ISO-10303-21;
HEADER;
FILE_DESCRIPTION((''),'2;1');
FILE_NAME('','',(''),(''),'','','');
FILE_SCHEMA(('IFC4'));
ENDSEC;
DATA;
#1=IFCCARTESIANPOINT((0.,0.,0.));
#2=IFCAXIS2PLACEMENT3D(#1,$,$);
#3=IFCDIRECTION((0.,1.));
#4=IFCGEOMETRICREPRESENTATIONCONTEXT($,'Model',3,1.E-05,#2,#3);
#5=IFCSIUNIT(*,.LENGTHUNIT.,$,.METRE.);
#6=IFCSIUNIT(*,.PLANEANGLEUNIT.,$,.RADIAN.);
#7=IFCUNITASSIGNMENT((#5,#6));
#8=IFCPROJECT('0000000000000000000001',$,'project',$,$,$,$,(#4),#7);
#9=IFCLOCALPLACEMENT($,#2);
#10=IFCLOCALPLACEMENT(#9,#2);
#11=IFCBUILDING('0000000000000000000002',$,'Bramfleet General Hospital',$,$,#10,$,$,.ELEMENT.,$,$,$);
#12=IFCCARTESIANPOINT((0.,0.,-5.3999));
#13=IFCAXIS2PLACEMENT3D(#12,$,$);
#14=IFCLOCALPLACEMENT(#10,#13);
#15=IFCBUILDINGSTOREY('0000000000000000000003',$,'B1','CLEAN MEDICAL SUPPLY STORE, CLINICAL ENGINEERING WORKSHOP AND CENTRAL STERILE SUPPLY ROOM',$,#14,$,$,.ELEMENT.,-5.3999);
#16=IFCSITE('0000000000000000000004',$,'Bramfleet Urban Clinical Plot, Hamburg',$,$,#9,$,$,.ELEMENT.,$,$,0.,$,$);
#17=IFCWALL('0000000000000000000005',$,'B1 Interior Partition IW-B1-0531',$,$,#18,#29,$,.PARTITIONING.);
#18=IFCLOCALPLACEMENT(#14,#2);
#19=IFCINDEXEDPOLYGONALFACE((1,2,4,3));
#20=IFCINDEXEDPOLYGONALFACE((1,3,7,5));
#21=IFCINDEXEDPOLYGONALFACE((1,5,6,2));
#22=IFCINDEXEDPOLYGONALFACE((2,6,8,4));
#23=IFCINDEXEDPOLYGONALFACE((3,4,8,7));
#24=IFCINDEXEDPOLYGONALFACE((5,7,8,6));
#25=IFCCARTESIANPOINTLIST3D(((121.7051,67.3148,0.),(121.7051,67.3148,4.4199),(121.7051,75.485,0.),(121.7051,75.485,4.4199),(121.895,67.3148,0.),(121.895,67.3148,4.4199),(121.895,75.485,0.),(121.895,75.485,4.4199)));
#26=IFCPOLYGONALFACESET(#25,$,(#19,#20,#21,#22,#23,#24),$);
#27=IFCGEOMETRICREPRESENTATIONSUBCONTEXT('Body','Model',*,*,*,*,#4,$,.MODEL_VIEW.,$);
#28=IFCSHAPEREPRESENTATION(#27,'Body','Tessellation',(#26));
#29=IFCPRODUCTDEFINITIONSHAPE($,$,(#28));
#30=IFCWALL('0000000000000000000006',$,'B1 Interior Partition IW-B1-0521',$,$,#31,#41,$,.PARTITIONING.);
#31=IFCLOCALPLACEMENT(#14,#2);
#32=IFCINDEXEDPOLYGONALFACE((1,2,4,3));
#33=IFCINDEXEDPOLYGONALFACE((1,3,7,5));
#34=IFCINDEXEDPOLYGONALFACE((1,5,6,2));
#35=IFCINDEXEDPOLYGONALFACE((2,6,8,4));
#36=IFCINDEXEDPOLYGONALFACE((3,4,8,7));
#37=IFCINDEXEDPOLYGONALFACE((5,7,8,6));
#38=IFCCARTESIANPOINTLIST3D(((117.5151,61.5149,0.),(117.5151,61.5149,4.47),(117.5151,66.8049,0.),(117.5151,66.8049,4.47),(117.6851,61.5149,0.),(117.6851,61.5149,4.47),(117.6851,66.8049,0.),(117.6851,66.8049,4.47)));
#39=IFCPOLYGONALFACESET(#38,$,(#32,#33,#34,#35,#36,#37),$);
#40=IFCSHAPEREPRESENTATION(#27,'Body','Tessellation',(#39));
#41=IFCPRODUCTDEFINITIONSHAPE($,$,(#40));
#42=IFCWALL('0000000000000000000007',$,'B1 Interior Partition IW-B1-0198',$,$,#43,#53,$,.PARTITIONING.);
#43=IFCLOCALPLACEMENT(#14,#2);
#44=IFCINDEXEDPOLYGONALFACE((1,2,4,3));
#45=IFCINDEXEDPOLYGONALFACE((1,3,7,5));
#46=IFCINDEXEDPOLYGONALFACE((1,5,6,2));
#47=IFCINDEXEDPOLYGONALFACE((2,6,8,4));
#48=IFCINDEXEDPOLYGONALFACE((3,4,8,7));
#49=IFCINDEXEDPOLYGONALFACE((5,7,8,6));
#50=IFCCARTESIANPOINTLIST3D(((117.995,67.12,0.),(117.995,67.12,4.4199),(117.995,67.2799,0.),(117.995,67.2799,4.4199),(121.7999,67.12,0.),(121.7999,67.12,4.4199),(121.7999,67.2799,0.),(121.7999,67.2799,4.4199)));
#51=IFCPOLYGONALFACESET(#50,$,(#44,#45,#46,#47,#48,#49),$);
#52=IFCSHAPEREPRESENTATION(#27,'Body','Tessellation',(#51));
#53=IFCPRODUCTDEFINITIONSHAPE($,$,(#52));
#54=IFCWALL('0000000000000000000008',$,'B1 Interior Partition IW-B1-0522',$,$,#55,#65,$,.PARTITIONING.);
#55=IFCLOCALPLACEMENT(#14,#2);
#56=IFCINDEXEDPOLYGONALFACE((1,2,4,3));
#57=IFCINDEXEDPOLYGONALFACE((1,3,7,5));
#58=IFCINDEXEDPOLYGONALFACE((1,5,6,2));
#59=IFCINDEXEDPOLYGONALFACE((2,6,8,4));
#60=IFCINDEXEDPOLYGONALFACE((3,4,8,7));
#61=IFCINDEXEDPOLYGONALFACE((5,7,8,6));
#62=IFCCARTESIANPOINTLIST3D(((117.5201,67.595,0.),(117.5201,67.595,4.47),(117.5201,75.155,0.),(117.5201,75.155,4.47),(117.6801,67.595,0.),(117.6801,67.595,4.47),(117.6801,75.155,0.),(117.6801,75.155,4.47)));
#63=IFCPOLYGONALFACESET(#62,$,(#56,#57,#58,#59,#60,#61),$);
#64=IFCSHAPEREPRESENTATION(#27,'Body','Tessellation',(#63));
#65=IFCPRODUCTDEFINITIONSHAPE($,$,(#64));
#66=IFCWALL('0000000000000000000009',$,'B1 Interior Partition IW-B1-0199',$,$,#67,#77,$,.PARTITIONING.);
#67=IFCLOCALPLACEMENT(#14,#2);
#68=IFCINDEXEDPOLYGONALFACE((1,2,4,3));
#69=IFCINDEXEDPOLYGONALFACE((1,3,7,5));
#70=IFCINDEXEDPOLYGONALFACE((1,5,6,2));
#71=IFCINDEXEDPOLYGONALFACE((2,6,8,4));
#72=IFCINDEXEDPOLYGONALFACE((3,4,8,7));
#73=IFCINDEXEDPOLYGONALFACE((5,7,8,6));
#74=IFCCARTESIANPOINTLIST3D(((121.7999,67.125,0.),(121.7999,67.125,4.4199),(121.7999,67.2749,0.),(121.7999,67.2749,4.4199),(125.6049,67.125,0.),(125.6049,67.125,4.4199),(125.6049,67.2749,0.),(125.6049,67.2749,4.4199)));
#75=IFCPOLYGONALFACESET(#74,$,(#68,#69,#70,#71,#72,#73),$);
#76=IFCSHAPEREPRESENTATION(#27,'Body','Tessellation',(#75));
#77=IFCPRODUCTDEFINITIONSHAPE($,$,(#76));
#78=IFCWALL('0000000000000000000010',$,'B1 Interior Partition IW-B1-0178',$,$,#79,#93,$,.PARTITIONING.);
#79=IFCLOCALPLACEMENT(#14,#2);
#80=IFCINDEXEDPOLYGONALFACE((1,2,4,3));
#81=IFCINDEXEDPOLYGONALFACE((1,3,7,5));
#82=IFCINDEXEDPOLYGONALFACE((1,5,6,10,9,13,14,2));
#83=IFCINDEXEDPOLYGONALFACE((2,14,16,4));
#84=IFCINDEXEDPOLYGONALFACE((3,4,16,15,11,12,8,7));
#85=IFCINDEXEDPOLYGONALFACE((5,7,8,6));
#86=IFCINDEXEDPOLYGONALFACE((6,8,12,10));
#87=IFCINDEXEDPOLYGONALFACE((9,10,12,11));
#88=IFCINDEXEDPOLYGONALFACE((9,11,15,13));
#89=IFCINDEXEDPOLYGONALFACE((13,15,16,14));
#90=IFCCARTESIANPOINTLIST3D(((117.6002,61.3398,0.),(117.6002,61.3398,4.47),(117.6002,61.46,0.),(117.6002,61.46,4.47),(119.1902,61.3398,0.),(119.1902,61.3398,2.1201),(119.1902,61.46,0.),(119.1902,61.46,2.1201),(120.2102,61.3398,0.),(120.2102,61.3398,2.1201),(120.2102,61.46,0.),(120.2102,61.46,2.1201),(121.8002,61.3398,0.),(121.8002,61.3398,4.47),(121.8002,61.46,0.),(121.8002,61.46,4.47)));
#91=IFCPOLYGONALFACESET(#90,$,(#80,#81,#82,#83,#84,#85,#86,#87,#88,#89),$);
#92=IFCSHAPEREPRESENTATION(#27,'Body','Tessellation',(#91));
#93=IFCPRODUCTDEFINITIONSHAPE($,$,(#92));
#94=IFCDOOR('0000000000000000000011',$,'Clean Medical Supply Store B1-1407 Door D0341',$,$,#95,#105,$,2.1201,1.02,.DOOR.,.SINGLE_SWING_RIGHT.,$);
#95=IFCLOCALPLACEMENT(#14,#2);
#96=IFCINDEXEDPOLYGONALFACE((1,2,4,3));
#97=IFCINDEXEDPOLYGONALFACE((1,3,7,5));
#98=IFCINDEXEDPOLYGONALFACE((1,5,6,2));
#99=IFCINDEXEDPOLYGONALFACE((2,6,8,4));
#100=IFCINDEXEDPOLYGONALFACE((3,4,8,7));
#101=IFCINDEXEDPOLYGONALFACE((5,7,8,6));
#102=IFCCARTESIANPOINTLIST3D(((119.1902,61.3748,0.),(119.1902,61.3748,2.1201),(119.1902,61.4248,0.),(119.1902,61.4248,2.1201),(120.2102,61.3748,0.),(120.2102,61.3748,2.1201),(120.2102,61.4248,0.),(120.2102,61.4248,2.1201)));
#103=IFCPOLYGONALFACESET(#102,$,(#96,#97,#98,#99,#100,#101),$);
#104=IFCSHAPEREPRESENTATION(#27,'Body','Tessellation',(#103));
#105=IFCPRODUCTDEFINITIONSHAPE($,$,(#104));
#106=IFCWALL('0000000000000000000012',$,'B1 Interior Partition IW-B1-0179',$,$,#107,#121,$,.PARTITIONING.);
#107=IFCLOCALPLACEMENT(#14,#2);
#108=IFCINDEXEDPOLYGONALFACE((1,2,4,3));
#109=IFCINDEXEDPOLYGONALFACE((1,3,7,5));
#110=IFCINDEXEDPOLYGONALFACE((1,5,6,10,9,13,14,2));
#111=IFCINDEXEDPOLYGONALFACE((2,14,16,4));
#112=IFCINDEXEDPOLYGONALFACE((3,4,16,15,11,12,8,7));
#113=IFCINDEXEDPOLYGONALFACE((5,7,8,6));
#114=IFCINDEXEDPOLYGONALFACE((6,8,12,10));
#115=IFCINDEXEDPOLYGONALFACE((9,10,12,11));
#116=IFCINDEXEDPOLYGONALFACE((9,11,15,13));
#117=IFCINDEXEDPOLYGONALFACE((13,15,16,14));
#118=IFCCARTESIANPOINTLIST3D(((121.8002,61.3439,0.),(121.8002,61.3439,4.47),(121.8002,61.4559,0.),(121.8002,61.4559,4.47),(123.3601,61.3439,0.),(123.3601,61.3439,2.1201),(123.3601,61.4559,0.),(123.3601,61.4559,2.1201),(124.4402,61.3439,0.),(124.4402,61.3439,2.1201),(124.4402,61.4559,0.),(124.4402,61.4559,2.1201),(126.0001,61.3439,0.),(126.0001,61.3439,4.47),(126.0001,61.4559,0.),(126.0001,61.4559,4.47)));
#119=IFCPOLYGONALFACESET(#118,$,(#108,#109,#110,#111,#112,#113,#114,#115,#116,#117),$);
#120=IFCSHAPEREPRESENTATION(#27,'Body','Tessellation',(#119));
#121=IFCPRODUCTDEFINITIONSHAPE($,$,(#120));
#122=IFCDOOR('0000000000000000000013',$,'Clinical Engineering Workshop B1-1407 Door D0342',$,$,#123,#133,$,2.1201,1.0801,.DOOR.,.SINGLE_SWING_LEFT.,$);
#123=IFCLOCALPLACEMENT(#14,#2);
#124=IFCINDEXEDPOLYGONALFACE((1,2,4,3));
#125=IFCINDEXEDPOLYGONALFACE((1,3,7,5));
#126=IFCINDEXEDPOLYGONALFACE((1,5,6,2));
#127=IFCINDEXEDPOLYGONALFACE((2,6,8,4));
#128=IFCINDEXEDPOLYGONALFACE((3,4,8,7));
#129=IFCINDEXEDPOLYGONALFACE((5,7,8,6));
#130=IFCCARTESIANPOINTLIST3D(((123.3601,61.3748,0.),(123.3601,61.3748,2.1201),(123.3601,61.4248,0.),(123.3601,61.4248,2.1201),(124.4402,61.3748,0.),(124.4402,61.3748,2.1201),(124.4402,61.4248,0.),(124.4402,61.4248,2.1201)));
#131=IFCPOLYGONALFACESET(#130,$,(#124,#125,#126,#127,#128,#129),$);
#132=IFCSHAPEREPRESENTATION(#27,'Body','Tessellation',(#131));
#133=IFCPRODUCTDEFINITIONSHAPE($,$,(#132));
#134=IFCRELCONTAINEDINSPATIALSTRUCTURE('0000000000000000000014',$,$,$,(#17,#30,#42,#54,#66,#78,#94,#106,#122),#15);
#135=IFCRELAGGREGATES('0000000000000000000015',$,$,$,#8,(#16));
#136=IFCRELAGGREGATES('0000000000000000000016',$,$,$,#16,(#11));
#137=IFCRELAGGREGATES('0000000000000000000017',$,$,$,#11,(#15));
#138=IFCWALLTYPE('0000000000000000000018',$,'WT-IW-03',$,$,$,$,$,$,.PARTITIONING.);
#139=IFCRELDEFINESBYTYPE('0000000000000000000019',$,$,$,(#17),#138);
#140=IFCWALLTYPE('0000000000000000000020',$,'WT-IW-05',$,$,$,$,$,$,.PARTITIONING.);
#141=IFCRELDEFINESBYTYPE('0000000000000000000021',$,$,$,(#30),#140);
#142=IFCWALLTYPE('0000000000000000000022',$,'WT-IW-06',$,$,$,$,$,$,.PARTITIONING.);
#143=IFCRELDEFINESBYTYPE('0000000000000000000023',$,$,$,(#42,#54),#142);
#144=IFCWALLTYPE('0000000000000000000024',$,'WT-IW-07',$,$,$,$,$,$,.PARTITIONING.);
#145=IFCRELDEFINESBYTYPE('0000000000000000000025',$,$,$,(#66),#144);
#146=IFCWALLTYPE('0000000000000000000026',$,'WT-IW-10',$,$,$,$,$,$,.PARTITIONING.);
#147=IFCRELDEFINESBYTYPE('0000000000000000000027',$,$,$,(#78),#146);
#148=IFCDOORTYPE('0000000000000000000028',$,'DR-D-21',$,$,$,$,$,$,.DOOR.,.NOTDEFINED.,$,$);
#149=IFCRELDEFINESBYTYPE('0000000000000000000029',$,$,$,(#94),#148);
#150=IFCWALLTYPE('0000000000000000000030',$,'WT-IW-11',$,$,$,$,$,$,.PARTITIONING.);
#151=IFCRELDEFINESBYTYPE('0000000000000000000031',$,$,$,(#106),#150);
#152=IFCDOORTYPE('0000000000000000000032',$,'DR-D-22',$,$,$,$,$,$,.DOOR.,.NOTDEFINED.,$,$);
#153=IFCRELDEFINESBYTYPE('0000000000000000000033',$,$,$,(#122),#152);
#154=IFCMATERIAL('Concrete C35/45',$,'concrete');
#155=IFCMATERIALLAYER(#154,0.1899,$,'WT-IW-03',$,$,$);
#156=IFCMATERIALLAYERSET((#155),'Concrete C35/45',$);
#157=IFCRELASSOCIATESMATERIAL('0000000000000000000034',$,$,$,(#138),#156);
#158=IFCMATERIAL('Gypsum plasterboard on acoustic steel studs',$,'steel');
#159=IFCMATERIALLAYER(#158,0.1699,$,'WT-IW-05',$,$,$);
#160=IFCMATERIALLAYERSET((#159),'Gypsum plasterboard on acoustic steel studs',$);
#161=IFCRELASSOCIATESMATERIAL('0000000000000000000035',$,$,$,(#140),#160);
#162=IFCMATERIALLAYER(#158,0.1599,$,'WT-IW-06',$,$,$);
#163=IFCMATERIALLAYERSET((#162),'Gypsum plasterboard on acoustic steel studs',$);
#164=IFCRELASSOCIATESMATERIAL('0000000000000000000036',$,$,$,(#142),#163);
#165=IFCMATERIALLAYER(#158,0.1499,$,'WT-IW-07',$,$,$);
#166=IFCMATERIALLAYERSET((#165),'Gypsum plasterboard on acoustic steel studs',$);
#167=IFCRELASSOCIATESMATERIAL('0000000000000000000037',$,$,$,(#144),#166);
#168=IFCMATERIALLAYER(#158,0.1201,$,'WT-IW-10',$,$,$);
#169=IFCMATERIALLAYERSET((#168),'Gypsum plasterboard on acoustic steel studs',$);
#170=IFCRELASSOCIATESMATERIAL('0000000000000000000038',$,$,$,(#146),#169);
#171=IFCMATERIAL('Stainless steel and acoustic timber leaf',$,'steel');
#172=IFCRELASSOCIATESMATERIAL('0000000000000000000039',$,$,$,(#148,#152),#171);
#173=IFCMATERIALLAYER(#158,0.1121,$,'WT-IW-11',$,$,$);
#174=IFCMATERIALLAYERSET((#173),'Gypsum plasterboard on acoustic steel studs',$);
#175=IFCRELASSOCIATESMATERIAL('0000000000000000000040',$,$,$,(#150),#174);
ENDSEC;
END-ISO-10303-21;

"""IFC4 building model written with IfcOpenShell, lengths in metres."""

from ifc_helpers import new_model, si_unit, direction, frame, frame_2d, origin, place, context, subcontext, project, spatial, rectangle, extrude, material, layer, layer_set, type_object, element, fill, save


model = new_model("IFC4")

# Units and contexts
model_context = context("Model", 3, precision=1e-05, world=origin(), true_north=direction((0.0, 1.0)))
body_context = subcontext(model_context, "Body", "Model", "MODEL_VIEW")
ifc_project = project(units=[si_unit("LENGTHUNIT", "METRE"), si_unit("PLANEANGLEUNIT", "RADIAN")], contexts=[model_context])

# Site, building, storey
site_placement = place(None, origin())
site = spatial("IfcSite", under=ifc_project, at=site_placement, Name="Bramfleet Urban Clinical Plot, Hamburg", CompositionType="ELEMENT", RefElevation=0.0)
building_placement = place(site_placement, origin())
building = spatial("IfcBuilding", under=site, at=building_placement, Name="Bramfleet General Hospital", CompositionType="ELEMENT")
storey_placement = place(building_placement, frame((0.0, 0.0, -5.3999)))
storey = spatial("IfcBuildingStorey", under=building, at=storey_placement, Name="B1", Description="CLEAN MEDICAL SUPPLY STORE, CLINICAL ENGINEERING WORKSHOP AND CENTRAL STERILE SUPPLY ROOM", CompositionType="ELEMENT", Elevation=-5.3999)

# Shared definitions
ifc_material_1 = material(Name="Concrete C35/45", Category="concrete")

# Shared definitions
ifc_material_2 = material(Name="Stainless steel and acoustic timber leaf", Category="steel")

# Walls
ifc_layer_1 = layer(ifc_material_1, 0.1899, Name="WT-IW-03")
ifc_layer_set_1 = layer_set([ifc_layer_1], Name="Concrete C35/45")
wall_type_1 = type_object("IfcWallType", Name="WT-IW-03", PredefinedType="PARTITIONING", material=ifc_layer_set_1)
wall_1_placement = place(storey_placement, frame((121.8, 67.3149, 0.0), z_axis=(0.0, 0.0, 1.0), x_axis=(0.0, 1.0, 0.0)))
element("IfcWall", 1, at=wall_1_placement, inside=storey, type_object=wall_type_1, Name="B1 Interior Partition IW-B1-0531", PredefinedType="PARTITIONING", context=body_context, shape_type="SweptSolid", body=[
    extrude(rectangle(XDim=8.1702, YDim=0.1899, at=frame_2d((4.085, 0.0))), origin(), (0.0, 0.0, 1.0), 4.4199),
])
ifc_material_3 = material(Name="Gypsum plasterboard on acoustic steel studs", Category="steel")
ifc_layer_2 = layer(ifc_material_3, 0.1699, Name="WT-IW-05")
ifc_layer_set_2 = layer_set([ifc_layer_2], Name="Gypsum plasterboard on acoustic steel studs")
wall_type_2 = type_object("IfcWallType", Name="WT-IW-05", PredefinedType="PARTITIONING", material=ifc_layer_set_2)
wall_2_placement = place(storey_placement, frame((117.6001, 61.5149, 0.0), z_axis=(0.0, 0.0, 1.0), x_axis=(0.0, 1.0, 0.0)))
element("IfcWall", 2, at=wall_2_placement, inside=storey, type_object=wall_type_2, Name="B1 Interior Partition IW-B1-0521", PredefinedType="PARTITIONING", context=body_context, shape_type="SweptSolid", body=[
    extrude(rectangle(XDim=5.29, YDim=0.1699, at=frame_2d((2.645, 0.0))), origin(), (0.0, 0.0, 1.0), 4.47),
])
ifc_layer_3 = layer(ifc_material_3, 0.1599, Name="WT-IW-06")
ifc_layer_set_3 = layer_set([ifc_layer_3], Name="Gypsum plasterboard on acoustic steel studs")
wall_type_3 = type_object("IfcWallType", Name="WT-IW-06", PredefinedType="PARTITIONING", material=ifc_layer_set_3)
wall_3_placement = place(storey_placement, frame((117.9951, 67.2, 0.0), z_axis=(0.0, 0.0, 1.0), x_axis=(1.0, 0.0, 0.0)))
element("IfcWall", 3, at=wall_3_placement, inside=storey, type_object=wall_type_3, Name="B1 Interior Partition IW-B1-0198", PredefinedType="PARTITIONING", context=body_context, shape_type="SweptSolid", body=[
    extrude(rectangle(XDim=3.8049, YDim=0.1599, at=frame_2d((1.9023, 0.0))), origin(), (0.0, 0.0, 1.0), 4.4199),
])
wall_4_placement = place(storey_placement, frame((117.6001, 67.595, 0.0), z_axis=(0.0, 0.0, 1.0), x_axis=(0.0, 1.0, 0.0)))
element("IfcWall", 4, at=wall_4_placement, inside=storey, type_object=wall_type_3, Name="B1 Interior Partition IW-B1-0522", PredefinedType="PARTITIONING", context=body_context, shape_type="SweptSolid", body=[
    extrude(rectangle(XDim=7.5601, YDim=0.1599, at=frame_2d((3.78, 0.0))), origin(), (0.0, 0.0, 1.0), 4.47),
])
ifc_layer_4 = layer(ifc_material_3, 0.1499, Name="WT-IW-07")
ifc_layer_set_4 = layer_set([ifc_layer_4], Name="Gypsum plasterboard on acoustic steel studs")
wall_type_4 = type_object("IfcWallType", Name="WT-IW-07", PredefinedType="PARTITIONING", material=ifc_layer_set_4)
wall_5_placement = place(storey_placement, frame((121.8, 67.2, 0.0), z_axis=(0.0, 0.0, 1.0), x_axis=(1.0, 0.0, 0.0)))
element("IfcWall", 5, at=wall_5_placement, inside=storey, type_object=wall_type_4, Name="B1 Interior Partition IW-B1-0199", PredefinedType="PARTITIONING", context=body_context, shape_type="SweptSolid", body=[
    extrude(rectangle(XDim=3.8049, YDim=0.1499, at=frame_2d((1.9023, 0.0))), origin(), (0.0, 0.0, 1.0), 4.4199),
])

# Walls, openings, doors
ifc_layer_5 = layer(ifc_material_3, 0.1201, Name="WT-IW-10")
ifc_layer_set_5 = layer_set([ifc_layer_5], Name="Gypsum plasterboard on acoustic steel studs")
wall_type_5 = type_object("IfcWallType", Name="WT-IW-10", PredefinedType="PARTITIONING", material=ifc_layer_set_5)
wall_6_placement = place(storey_placement, frame((117.6001, 61.3999, 0.0), z_axis=(0.0, 0.0, 1.0), x_axis=(1.0, 0.0, 0.0)))
wall_6 = element("IfcWall", 6, at=wall_6_placement, inside=storey, type_object=wall_type_5, Name="B1 Interior Partition IW-B1-0178", PredefinedType="PARTITIONING", context=body_context, shape_type="SweptSolid", body=[
    extrude(rectangle(XDim=4.2, YDim=0.1201, at=frame_2d((2.1001, 0.0))), origin(), (0.0, 0.0, 1.0), 4.47),
])
opening_1_placement = place(wall_6_placement, frame((1.5901, 0.0, 0.0)))
opening_1 = element("IfcOpeningElement", 7, at=opening_1_placement, cuts=wall_6, PredefinedType="OPENING", context=body_context, shape_type="SweptSolid", body=[
    extrude(rectangle(XDim=1.02, YDim=2.1201, at=frame_2d((0.51, 1.0601))), frame((0.0, 0.0701, 0.0), z_axis=(0.0, -1.0, 0.0), x_axis=(1.0, 0.0, 0.0)), (0.0, 0.0, 1.0), 0.1401),
])
door_type_1 = type_object("IfcDoorType", Name="DR-D-21", OperationType="NOTDEFINED", PredefinedType="DOOR", material=ifc_material_2)
door_1_placement = place(opening_1_placement, origin())
door_1 = element("IfcDoor", 8, at=door_1_placement, inside=storey, type_object=door_type_1, Name="Clean Medical Supply Store B1-1407 Door D0341", OperationType="SINGLE_SWING_RIGHT", OverallHeight=2.1201, OverallWidth=1.02, PredefinedType="DOOR", context=body_context, shape_type="SweptSolid", body=[
    extrude(rectangle(XDim=1.02, YDim=2.1201, at=frame_2d((0.51, 1.0601))), frame((0.0, 0.0249, 0.0), z_axis=(0.0, -1.0, 0.0), x_axis=(1.0, 0.0, 0.0)), (0.0, 0.0, 1.0), 0.05),
])
fill(opening_1, door_1)
ifc_layer_6 = layer(ifc_material_3, 0.1121, Name="WT-IW-11")
ifc_layer_set_6 = layer_set([ifc_layer_6], Name="Gypsum plasterboard on acoustic steel studs")
wall_type_6 = type_object("IfcWallType", Name="WT-IW-11", PredefinedType="PARTITIONING", material=ifc_layer_set_6)
wall_7_placement = place(storey_placement, frame((121.8, 61.3999, 0.0), z_axis=(0.0, 0.0, 1.0), x_axis=(1.0, 0.0, 0.0)))
wall_7 = element("IfcWall", 9, at=wall_7_placement, inside=storey, type_object=wall_type_6, Name="B1 Interior Partition IW-B1-0179", PredefinedType="PARTITIONING", context=body_context, shape_type="SweptSolid", body=[
    extrude(rectangle(XDim=4.2, YDim=0.1121, at=frame_2d((2.1001, 0.0))), origin(), (0.0, 0.0, 1.0), 4.47),
])
opening_2_placement = place(wall_7_placement, frame((1.5601, 0.0, 0.0)))
opening_2 = element("IfcOpeningElement", 10, at=opening_2_placement, cuts=wall_7, PredefinedType="OPENING", context=body_context, shape_type="SweptSolid", body=[
    extrude(rectangle(XDim=1.0801, YDim=2.1201, at=frame_2d((0.54, 1.0601))), frame((0.0, 0.0659, 0.0), z_axis=(0.0, -1.0, 0.0), x_axis=(1.0, 0.0, 0.0)), (0.0, 0.0, 1.0), 0.1321),
])
door_type_2 = type_object("IfcDoorType", Name="DR-D-22", OperationType="NOTDEFINED", PredefinedType="DOOR", material=ifc_material_2)
door_2_placement = place(opening_2_placement, origin())
door_2 = element("IfcDoor", 11, at=door_2_placement, inside=storey, type_object=door_type_2, Name="Clinical Engineering Workshop B1-1407 Door D0342", OperationType="SINGLE_SWING_LEFT", OverallHeight=2.1201, OverallWidth=1.0801, PredefinedType="DOOR", context=body_context, shape_type="SweptSolid", body=[
    extrude(rectangle(XDim=1.0801, YDim=2.1201, at=frame_2d((0.54, 1.0601))), frame((0.0, 0.0249, 0.0), z_axis=(0.0, -1.0, 0.0), x_axis=(1.0, 0.0, 0.0)), (0.0, 0.0, 1.0), 0.05),
])
fill(opening_2, door_2)

save(model, "model.ifc")
